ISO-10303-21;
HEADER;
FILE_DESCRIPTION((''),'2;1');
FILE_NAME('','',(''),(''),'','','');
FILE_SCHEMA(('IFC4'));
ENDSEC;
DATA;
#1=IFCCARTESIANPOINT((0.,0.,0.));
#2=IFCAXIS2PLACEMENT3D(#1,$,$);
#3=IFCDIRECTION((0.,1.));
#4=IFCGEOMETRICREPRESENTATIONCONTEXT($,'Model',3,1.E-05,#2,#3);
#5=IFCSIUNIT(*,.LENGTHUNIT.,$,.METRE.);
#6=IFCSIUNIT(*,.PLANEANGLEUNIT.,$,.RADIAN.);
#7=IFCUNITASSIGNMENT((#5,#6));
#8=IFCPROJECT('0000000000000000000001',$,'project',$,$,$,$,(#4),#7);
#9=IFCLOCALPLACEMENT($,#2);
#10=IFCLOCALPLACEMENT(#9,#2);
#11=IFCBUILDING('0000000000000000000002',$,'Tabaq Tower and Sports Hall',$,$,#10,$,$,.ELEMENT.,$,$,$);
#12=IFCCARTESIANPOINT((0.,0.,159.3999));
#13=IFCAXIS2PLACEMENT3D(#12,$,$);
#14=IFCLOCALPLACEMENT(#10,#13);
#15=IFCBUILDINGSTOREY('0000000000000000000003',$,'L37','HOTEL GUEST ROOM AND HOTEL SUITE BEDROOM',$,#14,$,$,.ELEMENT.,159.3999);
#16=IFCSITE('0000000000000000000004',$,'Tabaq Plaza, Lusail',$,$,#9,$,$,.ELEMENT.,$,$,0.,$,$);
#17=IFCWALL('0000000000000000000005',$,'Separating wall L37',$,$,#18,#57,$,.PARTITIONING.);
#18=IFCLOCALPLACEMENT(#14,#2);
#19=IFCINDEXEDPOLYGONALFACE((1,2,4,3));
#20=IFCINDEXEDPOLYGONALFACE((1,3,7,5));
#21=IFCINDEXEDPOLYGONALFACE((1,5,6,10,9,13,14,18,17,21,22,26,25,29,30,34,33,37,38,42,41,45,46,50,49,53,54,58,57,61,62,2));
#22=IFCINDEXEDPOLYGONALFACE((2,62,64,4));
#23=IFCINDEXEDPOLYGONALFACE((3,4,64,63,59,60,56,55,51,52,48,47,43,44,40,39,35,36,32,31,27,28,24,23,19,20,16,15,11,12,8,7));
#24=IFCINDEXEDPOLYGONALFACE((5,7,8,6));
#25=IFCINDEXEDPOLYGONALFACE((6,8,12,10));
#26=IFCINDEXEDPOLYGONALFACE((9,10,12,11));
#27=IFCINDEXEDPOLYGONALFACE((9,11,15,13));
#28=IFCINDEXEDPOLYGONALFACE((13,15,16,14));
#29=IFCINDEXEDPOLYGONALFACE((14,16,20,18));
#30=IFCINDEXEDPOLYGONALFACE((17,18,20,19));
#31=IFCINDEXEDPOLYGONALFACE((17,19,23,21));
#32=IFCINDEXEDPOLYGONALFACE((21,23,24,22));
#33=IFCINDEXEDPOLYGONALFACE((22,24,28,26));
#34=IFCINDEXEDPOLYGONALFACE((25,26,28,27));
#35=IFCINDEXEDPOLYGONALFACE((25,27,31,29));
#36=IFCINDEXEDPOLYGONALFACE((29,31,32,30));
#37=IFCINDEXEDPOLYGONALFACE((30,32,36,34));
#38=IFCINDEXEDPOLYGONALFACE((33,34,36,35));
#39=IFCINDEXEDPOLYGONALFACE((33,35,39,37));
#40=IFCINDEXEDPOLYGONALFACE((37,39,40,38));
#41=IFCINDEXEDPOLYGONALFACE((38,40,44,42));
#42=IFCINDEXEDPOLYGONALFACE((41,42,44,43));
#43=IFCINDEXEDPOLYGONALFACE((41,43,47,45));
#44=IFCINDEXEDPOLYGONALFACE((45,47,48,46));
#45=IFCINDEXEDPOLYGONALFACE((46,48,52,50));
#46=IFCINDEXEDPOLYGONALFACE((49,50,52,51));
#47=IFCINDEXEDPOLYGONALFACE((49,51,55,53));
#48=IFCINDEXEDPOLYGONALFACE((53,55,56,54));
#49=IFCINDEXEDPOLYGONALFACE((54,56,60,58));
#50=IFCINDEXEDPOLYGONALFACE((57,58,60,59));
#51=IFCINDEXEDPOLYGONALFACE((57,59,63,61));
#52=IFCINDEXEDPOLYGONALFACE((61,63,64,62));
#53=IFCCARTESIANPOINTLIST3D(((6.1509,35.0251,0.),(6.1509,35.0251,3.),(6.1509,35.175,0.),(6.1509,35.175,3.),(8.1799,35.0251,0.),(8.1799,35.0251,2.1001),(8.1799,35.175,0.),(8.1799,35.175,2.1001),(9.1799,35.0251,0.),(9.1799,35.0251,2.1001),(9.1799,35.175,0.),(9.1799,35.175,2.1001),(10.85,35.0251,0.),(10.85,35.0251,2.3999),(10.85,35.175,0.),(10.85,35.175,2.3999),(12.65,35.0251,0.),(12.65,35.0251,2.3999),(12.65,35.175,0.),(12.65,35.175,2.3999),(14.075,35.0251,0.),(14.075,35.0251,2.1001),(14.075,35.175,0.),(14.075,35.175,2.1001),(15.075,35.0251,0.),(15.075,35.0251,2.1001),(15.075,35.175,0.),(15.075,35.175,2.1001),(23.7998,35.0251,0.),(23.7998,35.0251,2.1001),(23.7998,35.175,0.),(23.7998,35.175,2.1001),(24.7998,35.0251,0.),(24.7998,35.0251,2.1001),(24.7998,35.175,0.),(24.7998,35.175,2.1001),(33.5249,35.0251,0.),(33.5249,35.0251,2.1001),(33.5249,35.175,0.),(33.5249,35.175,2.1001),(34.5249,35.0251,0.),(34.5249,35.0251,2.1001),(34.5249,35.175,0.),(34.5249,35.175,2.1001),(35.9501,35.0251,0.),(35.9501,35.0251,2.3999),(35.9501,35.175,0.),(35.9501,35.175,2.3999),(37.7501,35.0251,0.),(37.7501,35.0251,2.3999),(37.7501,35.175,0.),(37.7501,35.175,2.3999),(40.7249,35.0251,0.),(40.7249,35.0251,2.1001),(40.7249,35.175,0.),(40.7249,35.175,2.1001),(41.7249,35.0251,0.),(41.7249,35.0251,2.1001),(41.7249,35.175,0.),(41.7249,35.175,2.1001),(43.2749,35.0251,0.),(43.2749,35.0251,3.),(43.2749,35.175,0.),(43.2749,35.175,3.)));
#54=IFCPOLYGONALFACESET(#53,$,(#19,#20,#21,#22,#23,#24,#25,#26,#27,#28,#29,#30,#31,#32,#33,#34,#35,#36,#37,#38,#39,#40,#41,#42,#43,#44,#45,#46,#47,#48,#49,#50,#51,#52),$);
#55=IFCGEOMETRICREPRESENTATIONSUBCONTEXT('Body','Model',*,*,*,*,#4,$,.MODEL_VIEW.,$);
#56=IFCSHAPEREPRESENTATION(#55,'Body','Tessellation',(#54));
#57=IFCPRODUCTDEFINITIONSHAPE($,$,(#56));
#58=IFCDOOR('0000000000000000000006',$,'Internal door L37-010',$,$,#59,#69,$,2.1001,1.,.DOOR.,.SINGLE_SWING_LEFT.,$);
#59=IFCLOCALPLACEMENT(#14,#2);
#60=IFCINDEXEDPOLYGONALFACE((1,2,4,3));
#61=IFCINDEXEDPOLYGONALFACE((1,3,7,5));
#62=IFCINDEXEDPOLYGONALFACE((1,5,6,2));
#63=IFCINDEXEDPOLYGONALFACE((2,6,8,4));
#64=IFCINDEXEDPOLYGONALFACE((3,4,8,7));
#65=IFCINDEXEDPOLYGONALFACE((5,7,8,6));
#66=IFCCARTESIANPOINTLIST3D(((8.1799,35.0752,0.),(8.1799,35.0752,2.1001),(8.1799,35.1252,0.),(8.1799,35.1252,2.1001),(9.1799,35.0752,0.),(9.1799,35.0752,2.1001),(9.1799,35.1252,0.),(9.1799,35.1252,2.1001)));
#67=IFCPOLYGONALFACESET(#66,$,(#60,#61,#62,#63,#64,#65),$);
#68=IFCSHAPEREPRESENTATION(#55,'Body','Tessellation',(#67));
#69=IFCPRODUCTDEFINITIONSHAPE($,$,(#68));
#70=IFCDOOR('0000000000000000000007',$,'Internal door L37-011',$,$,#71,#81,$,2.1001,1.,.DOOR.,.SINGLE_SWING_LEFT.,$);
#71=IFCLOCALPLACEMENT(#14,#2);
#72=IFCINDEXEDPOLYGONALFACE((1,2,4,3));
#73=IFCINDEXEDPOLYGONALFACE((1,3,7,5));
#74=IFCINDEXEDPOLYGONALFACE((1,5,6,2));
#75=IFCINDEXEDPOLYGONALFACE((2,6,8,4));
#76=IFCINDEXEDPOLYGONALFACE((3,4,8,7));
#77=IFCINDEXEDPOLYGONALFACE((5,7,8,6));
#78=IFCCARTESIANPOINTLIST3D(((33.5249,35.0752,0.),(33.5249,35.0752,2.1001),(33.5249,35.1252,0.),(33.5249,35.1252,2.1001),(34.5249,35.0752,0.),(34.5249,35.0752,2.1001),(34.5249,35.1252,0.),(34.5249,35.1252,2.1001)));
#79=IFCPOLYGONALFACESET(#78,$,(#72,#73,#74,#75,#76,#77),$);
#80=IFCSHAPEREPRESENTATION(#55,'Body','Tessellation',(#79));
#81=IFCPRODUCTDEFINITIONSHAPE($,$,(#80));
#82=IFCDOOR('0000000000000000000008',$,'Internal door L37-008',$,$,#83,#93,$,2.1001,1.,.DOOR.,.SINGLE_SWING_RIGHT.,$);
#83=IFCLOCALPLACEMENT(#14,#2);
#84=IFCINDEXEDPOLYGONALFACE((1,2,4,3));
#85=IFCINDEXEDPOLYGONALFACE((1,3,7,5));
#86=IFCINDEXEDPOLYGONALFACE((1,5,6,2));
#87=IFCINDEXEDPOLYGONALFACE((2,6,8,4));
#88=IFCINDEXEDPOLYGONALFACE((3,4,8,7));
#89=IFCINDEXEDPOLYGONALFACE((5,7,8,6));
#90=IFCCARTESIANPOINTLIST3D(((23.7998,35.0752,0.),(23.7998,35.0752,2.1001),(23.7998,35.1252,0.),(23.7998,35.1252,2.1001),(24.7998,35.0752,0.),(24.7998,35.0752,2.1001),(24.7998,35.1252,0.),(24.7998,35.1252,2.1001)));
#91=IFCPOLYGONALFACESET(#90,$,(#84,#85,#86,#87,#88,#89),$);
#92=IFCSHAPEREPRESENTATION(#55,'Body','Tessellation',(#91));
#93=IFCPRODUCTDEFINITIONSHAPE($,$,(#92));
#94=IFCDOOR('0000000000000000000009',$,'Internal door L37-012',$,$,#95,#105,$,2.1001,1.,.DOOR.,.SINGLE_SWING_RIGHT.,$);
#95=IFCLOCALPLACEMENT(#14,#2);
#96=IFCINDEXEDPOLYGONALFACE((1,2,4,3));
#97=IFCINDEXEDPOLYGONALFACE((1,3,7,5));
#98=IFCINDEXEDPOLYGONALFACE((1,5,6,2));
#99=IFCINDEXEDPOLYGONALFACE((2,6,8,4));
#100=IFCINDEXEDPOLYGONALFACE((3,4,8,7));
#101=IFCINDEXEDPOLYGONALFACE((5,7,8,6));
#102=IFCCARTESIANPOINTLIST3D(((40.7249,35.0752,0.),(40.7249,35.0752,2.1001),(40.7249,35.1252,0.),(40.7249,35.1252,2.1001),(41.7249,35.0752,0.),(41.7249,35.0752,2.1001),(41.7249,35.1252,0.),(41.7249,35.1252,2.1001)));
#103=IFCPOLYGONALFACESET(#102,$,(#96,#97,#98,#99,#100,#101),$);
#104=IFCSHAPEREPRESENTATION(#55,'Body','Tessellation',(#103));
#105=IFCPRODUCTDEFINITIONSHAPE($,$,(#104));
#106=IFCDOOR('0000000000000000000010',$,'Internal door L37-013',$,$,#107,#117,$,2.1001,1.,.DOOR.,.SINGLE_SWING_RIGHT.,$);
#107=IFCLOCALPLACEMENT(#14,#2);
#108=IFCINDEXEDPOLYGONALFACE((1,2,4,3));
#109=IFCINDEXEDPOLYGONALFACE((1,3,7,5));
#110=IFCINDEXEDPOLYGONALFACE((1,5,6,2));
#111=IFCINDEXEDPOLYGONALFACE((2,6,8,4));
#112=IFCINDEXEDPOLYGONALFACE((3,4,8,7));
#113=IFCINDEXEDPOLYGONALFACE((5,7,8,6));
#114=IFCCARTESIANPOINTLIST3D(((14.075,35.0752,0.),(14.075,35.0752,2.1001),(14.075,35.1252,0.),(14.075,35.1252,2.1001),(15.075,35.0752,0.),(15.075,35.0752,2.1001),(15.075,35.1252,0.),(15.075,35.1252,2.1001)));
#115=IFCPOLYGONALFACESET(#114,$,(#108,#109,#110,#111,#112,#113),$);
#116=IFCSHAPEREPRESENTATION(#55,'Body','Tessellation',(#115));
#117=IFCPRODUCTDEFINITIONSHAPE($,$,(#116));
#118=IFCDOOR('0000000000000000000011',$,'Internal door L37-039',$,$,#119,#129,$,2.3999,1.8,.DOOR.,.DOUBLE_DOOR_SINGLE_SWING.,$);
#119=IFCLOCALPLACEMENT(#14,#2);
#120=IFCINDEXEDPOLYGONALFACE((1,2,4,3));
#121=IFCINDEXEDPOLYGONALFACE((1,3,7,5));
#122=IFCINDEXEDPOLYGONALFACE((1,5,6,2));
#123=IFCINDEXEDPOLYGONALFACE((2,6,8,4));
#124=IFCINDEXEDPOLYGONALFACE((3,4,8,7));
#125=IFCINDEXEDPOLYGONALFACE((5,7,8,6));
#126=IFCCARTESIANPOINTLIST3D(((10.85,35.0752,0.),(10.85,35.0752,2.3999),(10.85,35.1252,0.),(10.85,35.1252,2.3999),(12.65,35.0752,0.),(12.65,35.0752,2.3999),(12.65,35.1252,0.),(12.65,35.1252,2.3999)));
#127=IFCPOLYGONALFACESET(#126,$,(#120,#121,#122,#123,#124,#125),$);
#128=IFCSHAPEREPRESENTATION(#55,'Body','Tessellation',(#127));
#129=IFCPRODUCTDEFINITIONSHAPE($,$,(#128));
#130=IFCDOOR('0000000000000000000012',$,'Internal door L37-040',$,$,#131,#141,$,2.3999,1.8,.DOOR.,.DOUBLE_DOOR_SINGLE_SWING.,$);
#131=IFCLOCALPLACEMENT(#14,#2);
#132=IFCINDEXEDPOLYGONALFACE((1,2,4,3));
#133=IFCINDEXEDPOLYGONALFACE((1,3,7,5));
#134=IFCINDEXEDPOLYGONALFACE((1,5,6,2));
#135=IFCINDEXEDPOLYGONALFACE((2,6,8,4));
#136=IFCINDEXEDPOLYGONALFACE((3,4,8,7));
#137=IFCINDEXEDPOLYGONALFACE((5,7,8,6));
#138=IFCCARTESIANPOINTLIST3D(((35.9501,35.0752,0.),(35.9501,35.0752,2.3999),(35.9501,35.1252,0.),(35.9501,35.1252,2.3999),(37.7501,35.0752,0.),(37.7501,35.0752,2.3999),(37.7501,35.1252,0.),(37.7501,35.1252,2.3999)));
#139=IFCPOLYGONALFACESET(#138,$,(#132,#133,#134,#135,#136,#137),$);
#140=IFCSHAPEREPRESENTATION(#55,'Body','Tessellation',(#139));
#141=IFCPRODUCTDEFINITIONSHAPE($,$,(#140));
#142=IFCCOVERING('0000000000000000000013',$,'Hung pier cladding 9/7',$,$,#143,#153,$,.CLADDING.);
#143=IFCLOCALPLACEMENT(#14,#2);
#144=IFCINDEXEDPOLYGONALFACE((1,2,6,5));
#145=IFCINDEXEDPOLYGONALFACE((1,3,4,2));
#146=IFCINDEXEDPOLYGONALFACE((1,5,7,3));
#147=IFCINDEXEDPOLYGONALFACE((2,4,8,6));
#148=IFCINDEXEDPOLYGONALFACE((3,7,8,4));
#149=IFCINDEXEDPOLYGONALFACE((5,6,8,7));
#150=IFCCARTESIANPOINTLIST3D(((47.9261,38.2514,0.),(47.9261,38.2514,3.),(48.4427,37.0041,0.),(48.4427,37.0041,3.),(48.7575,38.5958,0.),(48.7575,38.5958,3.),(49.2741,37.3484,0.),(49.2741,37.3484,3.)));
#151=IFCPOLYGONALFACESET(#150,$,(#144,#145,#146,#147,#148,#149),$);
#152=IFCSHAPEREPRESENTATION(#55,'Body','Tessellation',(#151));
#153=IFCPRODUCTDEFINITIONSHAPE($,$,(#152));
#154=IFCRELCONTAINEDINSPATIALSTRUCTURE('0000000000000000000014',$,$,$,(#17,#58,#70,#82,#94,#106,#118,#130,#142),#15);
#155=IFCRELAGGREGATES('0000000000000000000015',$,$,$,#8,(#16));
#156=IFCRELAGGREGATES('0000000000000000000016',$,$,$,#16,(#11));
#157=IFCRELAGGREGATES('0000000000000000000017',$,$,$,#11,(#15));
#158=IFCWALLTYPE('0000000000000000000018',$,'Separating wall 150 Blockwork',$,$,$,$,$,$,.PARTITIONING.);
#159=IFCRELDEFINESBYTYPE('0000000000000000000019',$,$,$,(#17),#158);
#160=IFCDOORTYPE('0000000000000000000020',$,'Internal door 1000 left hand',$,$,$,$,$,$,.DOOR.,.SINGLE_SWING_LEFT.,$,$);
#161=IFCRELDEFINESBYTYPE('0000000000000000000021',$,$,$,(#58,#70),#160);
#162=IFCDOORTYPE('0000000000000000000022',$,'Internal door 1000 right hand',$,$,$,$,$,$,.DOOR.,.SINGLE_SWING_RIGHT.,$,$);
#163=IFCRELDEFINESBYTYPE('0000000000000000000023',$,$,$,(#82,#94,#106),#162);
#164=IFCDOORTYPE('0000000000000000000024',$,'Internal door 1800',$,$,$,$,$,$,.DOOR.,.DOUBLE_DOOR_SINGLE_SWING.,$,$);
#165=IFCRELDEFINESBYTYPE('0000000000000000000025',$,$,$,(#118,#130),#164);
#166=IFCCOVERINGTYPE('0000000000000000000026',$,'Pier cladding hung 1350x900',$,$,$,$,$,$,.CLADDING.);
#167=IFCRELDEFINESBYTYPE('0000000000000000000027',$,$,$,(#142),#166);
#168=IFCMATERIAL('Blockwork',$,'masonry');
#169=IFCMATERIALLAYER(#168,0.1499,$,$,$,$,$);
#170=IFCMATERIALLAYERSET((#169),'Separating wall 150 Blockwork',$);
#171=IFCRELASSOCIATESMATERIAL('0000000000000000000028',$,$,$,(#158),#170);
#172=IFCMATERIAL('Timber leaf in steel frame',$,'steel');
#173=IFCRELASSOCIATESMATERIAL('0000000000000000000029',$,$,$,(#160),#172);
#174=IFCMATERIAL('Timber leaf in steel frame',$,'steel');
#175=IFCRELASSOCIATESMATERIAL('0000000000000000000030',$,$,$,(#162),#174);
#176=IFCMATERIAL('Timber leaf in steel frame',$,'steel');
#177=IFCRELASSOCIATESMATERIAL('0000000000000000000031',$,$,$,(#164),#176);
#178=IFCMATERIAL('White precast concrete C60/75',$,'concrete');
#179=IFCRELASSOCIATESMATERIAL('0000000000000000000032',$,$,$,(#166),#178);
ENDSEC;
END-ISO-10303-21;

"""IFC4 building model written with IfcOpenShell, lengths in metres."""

from ifc_helpers import new_model, si_unit, direction, frame, frame_2d, origin, place, context, subcontext, project, spatial, rectangle, extrude, material, layer, layer_set, type_object, element, fill, save


model = new_model("IFC4")

# Units and contexts
model_context = context("Model", 3, precision=1e-05, world=origin(), true_north=direction((0.0, 1.0)))
body_context = subcontext(model_context, "Body", "Model", "MODEL_VIEW")
ifc_project = project(units=[si_unit("LENGTHUNIT", "METRE"), si_unit("PLANEANGLEUNIT", "RADIAN")], contexts=[model_context])

# Site, building, storey
site_placement = place(None, origin())
site = spatial("IfcSite", under=ifc_project, at=site_placement, Name="Tabaq Plaza, Lusail", CompositionType="ELEMENT", RefElevation=0.0)
building_placement = place(site_placement, origin())
building = spatial("IfcBuilding", under=site, at=building_placement, Name="Tabaq Tower and Sports Hall", CompositionType="ELEMENT")
storey_placement = place(building_placement, frame((0.0, 0.0, 159.3999)))
storey = spatial("IfcBuildingStorey", under=building, at=storey_placement, Name="L37", Description="HOTEL GUEST ROOM AND HOTEL SUITE BEDROOM", CompositionType="ELEMENT", Elevation=159.3999)

# Wall, openings, doors
ifc_material_1 = material(Name="Blockwork", Category="masonry")
ifc_layer_1 = layer(ifc_material_1, 0.1499)
ifc_layer_set_1 = layer_set([ifc_layer_1], Name="Separating wall 150 Blockwork")
wall_type = type_object("IfcWallType", Name="Separating wall 150 Blockwork", PredefinedType="PARTITIONING", material=ifc_layer_set_1)
ifc_material_2 = material(Name="Timber leaf in steel frame", Category="steel")
door_type_1 = type_object("IfcDoorType", Name="Internal door 1000 left hand", OperationType="SINGLE_SWING_LEFT", PredefinedType="DOOR", material=ifc_material_2)
wall_1_placement = place(storey_placement, frame((43.2749, 35.1001, 0.0), z_axis=(0.0, 0.0, 1.0), x_axis=(-1.0, 0.0, 0.0)))
wall_1 = element("IfcWall", 1, at=wall_1_placement, inside=storey, type_object=wall_type, Name="Separating wall L37", PredefinedType="PARTITIONING", context=body_context, shape_type="SweptSolid", body=[
    extrude(rectangle(XDim=37.124, YDim=0.1499, at=frame_2d((18.562, 0.0))), origin(), (0.0, 0.0, 1.0), 3.0),
])
opening_1_placement = place(wall_1_placement, frame((18.4751, 0.0, 0.0)))
opening_1 = element("IfcOpeningElement", 2, at=opening_1_placement, cuts=wall_1, PredefinedType="OPENING", context=body_context, shape_type="SweptSolid", body=[
    extrude(rectangle(XDim=1.0, YDim=2.1001, at=frame_2d((0.5, 1.05))), frame((0.0, 0.075, 0.0), z_axis=(0.0, -1.0, 0.0), x_axis=(1.0, 0.0, 0.0)), (0.0, 0.0, 1.0), 0.1499),
])
opening_2_placement = place(wall_1_placement, frame((34.095, 0.0, 0.0)))
opening_2 = element("IfcOpeningElement", 3, at=opening_2_placement, cuts=wall_1, PredefinedType="OPENING", context=body_context, shape_type="SweptSolid", body=[
    extrude(rectangle(XDim=1.0, YDim=2.1001, at=frame_2d((0.5, 1.05))), frame((0.0, 0.075, 0.0), z_axis=(0.0, -1.0, 0.0), x_axis=(1.0, 0.0, 0.0)), (0.0, 0.0, 1.0), 0.1499),
])
opening_3_placement = place(wall_1_placement, frame((8.75, 0.0, 0.0)))
opening_3 = element("IfcOpeningElement", 4, at=opening_3_placement, cuts=wall_1, PredefinedType="OPENING", context=body_context, shape_type="SweptSolid", body=[
    extrude(rectangle(XDim=1.0, YDim=2.1001, at=frame_2d((0.5, 1.05))), frame((0.0, 0.075, 0.0), z_axis=(0.0, -1.0, 0.0), x_axis=(1.0, 0.0, 0.0)), (0.0, 0.0, 1.0), 0.1499),
])
opening_4_placement = place(wall_1_placement, frame((1.55, 0.0, 0.0)))
opening_4 = element("IfcOpeningElement", 5, at=opening_4_placement, cuts=wall_1, PredefinedType="OPENING", context=body_context, shape_type="SweptSolid", body=[
    extrude(rectangle(XDim=1.0, YDim=2.1001, at=frame_2d((0.5, 1.05))), frame((0.0, 0.075, 0.0), z_axis=(0.0, -1.0, 0.0), x_axis=(1.0, 0.0, 0.0)), (0.0, 0.0, 1.0), 0.1499),
])
opening_5_placement = place(wall_1_placement, frame((28.2, 0.0, 0.0)))
opening_5 = element("IfcOpeningElement", 6, at=opening_5_placement, cuts=wall_1, PredefinedType="OPENING", context=body_context, shape_type="SweptSolid", body=[
    extrude(rectangle(XDim=1.0, YDim=2.1001, at=frame_2d((0.5, 1.05))), frame((0.0, 0.075, 0.0), z_axis=(0.0, -1.0, 0.0), x_axis=(1.0, 0.0, 0.0)), (0.0, 0.0, 1.0), 0.1499),
])
opening_6_placement = place(wall_1_placement, frame((30.625, 0.0, 0.0)))
opening_6 = element("IfcOpeningElement", 7, at=opening_6_placement, cuts=wall_1, PredefinedType="OPENING", context=body_context, shape_type="SweptSolid", body=[
    extrude(rectangle(XDim=1.8, YDim=2.3999, at=frame_2d((0.8999, 1.2))), frame((0.0, 0.075, 0.0), z_axis=(0.0, -1.0, 0.0), x_axis=(1.0, 0.0, 0.0)), (0.0, 0.0, 1.0), 0.1499),
])
opening_7_placement = place(wall_1_placement, frame((5.5249, 0.0, 0.0)))
opening_7 = element("IfcOpeningElement", 8, at=opening_7_placement, cuts=wall_1, PredefinedType="OPENING", context=body_context, shape_type="SweptSolid", body=[
    extrude(rectangle(XDim=1.8, YDim=2.3999, at=frame_2d((0.8999, 1.2))), frame((0.0, 0.075, 0.0), z_axis=(0.0, -1.0, 0.0), x_axis=(1.0, 0.0, 0.0)), (0.0, 0.0, 1.0), 0.1499),
])
door_1_placement = place(opening_2_placement, origin())
door_1 = element("IfcDoor", 9, at=door_1_placement, inside=storey, type_object=door_type_1, Name="Internal door L37-010", OperationType="SINGLE_SWING_LEFT", OverallHeight=2.1001, OverallWidth=1.0, PredefinedType="DOOR", context=body_context, shape_type="SweptSolid", body=[
    extrude(rectangle(XDim=1.0, YDim=2.1001, at=frame_2d((0.5, 1.05))), frame((0.0, 0.0249, 0.0), z_axis=(0.0, -1.0, 0.0), x_axis=(1.0, 0.0, 0.0)), (0.0, 0.0, 1.0), 0.05),
])
fill(opening_2, door_1)
door_2_placement = place(opening_3_placement, origin())
door_2 = element("IfcDoor", 10, at=door_2_placement, inside=storey, type_object=door_type_1, Name="Internal door L37-011", OperationType="SINGLE_SWING_LEFT", OverallHeight=2.1001, OverallWidth=1.0, PredefinedType="DOOR", context=body_context, shape_type="SweptSolid", body=[
    extrude(rectangle(XDim=1.0, YDim=2.1001, at=frame_2d((0.5, 1.05))), frame((0.0, 0.0249, 0.0), z_axis=(0.0, -1.0, 0.0), x_axis=(1.0, 0.0, 0.0)), (0.0, 0.0, 1.0), 0.05),
])
fill(opening_3, door_2)
ifc_material_3 = material(Name="Timber leaf in steel frame", Category="steel")
door_type_2 = type_object("IfcDoorType", Name="Internal door 1000 right hand", OperationType="SINGLE_SWING_RIGHT", PredefinedType="DOOR", material=ifc_material_3)
door_3_placement = place(opening_1_placement, origin())
door_3 = element("IfcDoor", 11, at=door_3_placement, inside=storey, type_object=door_type_2, Name="Internal door L37-008", OperationType="SINGLE_SWING_RIGHT", OverallHeight=2.1001, OverallWidth=1.0, PredefinedType="DOOR", context=body_context, shape_type="SweptSolid", body=[
    extrude(rectangle(XDim=1.0, YDim=2.1001, at=frame_2d((0.5, 1.05))), frame((0.0, 0.0249, 0.0), z_axis=(0.0, -1.0, 0.0), x_axis=(1.0, 0.0, 0.0)), (0.0, 0.0, 1.0), 0.05),
])
fill(opening_1, door_3)
door_4_placement = place(opening_4_placement, origin())
door_4 = element("IfcDoor", 12, at=door_4_placement, inside=storey, type_object=door_type_2, Name="Internal door L37-012", OperationType="SINGLE_SWING_RIGHT", OverallHeight=2.1001, OverallWidth=1.0, PredefinedType="DOOR", context=body_context, shape_type="SweptSolid", body=[
    extrude(rectangle(XDim=1.0, YDim=2.1001, at=frame_2d((0.5, 1.05))), frame((0.0, 0.0249, 0.0), z_axis=(0.0, -1.0, 0.0), x_axis=(1.0, 0.0, 0.0)), (0.0, 0.0, 1.0), 0.05),
])
fill(opening_4, door_4)
door_5_placement = place(opening_5_placement, origin())
door_5 = element("IfcDoor", 13, at=door_5_placement, inside=storey, type_object=door_type_2, Name="Internal door L37-013", OperationType="SINGLE_SWING_RIGHT", OverallHeight=2.1001, OverallWidth=1.0, PredefinedType="DOOR", context=body_context, shape_type="SweptSolid", body=[
    extrude(rectangle(XDim=1.0, YDim=2.1001, at=frame_2d((0.5, 1.05))), frame((0.0, 0.0249, 0.0), z_axis=(0.0, -1.0, 0.0), x_axis=(1.0, 0.0, 0.0)), (0.0, 0.0, 1.0), 0.05),
])
fill(opening_5, door_5)
ifc_material_4 = material(Name="Timber leaf in steel frame", Category="steel")
door_type_3 = type_object("IfcDoorType", Name="Internal door 1800", OperationType="DOUBLE_DOOR_SINGLE_SWING", PredefinedType="DOOR", material=ifc_material_4)
door_6_placement = place(opening_6_placement, origin())
door_6 = element("IfcDoor", 14, at=door_6_placement, inside=storey, type_object=door_type_3, Name="Internal door L37-039", OperationType="DOUBLE_DOOR_SINGLE_SWING", OverallHeight=2.3999, OverallWidth=1.8, PredefinedType="DOOR", context=body_context, shape_type="SweptSolid", body=[
    extrude(rectangle(XDim=1.8, YDim=2.3999, at=frame_2d((0.8999, 1.2))), frame((0.0, 0.0249, 0.0), z_axis=(0.0, -1.0, 0.0), x_axis=(1.0, 0.0, 0.0)), (0.0, 0.0, 1.0), 0.05),
])
fill(opening_6, door_6)
door_7_placement = place(opening_7_placement, origin())
door_7 = element("IfcDoor", 15, at=door_7_placement, inside=storey, type_object=door_type_3, Name="Internal door L37-040", OperationType="DOUBLE_DOOR_SINGLE_SWING", OverallHeight=2.3999, OverallWidth=1.8, PredefinedType="DOOR", context=body_context, shape_type="SweptSolid", body=[
    extrude(rectangle(XDim=1.8, YDim=2.3999, at=frame_2d((0.8999, 1.2))), frame((0.0, 0.0249, 0.0), z_axis=(0.0, -1.0, 0.0), x_axis=(1.0, 0.0, 0.0)), (0.0, 0.0, 1.0), 0.05),
])
fill(opening_7, door_7)

# Covering
ifc_material_5 = material(Name="White precast concrete C60/75", Category="concrete")
covering_type_1 = type_object("IfcCoveringType", Name="Pier cladding hung 1350x900", PredefinedType="CLADDING", material=ifc_material_5)
covering_1_placement = place(storey_placement, frame((48.8584, 37.1763, 0.0), z_axis=(0.0, 0.0, 1.0), x_axis=(-0.38265, 0.923893, 0.0)))
element("IfcCovering", 16, at=covering_1_placement, inside=storey, type_object=covering_type_1, Name="Hung pier cladding 9/7", PredefinedType="CLADDING", context=body_context, shape_type="SweptSolid", body=[
    extrude(rectangle(XDim=1.3501, YDim=0.8999, at=frame_2d((0.675, 0.0))), origin(), (0.0, 0.0, 1.0), 3.0),
])

save(model, "model.ifc")
